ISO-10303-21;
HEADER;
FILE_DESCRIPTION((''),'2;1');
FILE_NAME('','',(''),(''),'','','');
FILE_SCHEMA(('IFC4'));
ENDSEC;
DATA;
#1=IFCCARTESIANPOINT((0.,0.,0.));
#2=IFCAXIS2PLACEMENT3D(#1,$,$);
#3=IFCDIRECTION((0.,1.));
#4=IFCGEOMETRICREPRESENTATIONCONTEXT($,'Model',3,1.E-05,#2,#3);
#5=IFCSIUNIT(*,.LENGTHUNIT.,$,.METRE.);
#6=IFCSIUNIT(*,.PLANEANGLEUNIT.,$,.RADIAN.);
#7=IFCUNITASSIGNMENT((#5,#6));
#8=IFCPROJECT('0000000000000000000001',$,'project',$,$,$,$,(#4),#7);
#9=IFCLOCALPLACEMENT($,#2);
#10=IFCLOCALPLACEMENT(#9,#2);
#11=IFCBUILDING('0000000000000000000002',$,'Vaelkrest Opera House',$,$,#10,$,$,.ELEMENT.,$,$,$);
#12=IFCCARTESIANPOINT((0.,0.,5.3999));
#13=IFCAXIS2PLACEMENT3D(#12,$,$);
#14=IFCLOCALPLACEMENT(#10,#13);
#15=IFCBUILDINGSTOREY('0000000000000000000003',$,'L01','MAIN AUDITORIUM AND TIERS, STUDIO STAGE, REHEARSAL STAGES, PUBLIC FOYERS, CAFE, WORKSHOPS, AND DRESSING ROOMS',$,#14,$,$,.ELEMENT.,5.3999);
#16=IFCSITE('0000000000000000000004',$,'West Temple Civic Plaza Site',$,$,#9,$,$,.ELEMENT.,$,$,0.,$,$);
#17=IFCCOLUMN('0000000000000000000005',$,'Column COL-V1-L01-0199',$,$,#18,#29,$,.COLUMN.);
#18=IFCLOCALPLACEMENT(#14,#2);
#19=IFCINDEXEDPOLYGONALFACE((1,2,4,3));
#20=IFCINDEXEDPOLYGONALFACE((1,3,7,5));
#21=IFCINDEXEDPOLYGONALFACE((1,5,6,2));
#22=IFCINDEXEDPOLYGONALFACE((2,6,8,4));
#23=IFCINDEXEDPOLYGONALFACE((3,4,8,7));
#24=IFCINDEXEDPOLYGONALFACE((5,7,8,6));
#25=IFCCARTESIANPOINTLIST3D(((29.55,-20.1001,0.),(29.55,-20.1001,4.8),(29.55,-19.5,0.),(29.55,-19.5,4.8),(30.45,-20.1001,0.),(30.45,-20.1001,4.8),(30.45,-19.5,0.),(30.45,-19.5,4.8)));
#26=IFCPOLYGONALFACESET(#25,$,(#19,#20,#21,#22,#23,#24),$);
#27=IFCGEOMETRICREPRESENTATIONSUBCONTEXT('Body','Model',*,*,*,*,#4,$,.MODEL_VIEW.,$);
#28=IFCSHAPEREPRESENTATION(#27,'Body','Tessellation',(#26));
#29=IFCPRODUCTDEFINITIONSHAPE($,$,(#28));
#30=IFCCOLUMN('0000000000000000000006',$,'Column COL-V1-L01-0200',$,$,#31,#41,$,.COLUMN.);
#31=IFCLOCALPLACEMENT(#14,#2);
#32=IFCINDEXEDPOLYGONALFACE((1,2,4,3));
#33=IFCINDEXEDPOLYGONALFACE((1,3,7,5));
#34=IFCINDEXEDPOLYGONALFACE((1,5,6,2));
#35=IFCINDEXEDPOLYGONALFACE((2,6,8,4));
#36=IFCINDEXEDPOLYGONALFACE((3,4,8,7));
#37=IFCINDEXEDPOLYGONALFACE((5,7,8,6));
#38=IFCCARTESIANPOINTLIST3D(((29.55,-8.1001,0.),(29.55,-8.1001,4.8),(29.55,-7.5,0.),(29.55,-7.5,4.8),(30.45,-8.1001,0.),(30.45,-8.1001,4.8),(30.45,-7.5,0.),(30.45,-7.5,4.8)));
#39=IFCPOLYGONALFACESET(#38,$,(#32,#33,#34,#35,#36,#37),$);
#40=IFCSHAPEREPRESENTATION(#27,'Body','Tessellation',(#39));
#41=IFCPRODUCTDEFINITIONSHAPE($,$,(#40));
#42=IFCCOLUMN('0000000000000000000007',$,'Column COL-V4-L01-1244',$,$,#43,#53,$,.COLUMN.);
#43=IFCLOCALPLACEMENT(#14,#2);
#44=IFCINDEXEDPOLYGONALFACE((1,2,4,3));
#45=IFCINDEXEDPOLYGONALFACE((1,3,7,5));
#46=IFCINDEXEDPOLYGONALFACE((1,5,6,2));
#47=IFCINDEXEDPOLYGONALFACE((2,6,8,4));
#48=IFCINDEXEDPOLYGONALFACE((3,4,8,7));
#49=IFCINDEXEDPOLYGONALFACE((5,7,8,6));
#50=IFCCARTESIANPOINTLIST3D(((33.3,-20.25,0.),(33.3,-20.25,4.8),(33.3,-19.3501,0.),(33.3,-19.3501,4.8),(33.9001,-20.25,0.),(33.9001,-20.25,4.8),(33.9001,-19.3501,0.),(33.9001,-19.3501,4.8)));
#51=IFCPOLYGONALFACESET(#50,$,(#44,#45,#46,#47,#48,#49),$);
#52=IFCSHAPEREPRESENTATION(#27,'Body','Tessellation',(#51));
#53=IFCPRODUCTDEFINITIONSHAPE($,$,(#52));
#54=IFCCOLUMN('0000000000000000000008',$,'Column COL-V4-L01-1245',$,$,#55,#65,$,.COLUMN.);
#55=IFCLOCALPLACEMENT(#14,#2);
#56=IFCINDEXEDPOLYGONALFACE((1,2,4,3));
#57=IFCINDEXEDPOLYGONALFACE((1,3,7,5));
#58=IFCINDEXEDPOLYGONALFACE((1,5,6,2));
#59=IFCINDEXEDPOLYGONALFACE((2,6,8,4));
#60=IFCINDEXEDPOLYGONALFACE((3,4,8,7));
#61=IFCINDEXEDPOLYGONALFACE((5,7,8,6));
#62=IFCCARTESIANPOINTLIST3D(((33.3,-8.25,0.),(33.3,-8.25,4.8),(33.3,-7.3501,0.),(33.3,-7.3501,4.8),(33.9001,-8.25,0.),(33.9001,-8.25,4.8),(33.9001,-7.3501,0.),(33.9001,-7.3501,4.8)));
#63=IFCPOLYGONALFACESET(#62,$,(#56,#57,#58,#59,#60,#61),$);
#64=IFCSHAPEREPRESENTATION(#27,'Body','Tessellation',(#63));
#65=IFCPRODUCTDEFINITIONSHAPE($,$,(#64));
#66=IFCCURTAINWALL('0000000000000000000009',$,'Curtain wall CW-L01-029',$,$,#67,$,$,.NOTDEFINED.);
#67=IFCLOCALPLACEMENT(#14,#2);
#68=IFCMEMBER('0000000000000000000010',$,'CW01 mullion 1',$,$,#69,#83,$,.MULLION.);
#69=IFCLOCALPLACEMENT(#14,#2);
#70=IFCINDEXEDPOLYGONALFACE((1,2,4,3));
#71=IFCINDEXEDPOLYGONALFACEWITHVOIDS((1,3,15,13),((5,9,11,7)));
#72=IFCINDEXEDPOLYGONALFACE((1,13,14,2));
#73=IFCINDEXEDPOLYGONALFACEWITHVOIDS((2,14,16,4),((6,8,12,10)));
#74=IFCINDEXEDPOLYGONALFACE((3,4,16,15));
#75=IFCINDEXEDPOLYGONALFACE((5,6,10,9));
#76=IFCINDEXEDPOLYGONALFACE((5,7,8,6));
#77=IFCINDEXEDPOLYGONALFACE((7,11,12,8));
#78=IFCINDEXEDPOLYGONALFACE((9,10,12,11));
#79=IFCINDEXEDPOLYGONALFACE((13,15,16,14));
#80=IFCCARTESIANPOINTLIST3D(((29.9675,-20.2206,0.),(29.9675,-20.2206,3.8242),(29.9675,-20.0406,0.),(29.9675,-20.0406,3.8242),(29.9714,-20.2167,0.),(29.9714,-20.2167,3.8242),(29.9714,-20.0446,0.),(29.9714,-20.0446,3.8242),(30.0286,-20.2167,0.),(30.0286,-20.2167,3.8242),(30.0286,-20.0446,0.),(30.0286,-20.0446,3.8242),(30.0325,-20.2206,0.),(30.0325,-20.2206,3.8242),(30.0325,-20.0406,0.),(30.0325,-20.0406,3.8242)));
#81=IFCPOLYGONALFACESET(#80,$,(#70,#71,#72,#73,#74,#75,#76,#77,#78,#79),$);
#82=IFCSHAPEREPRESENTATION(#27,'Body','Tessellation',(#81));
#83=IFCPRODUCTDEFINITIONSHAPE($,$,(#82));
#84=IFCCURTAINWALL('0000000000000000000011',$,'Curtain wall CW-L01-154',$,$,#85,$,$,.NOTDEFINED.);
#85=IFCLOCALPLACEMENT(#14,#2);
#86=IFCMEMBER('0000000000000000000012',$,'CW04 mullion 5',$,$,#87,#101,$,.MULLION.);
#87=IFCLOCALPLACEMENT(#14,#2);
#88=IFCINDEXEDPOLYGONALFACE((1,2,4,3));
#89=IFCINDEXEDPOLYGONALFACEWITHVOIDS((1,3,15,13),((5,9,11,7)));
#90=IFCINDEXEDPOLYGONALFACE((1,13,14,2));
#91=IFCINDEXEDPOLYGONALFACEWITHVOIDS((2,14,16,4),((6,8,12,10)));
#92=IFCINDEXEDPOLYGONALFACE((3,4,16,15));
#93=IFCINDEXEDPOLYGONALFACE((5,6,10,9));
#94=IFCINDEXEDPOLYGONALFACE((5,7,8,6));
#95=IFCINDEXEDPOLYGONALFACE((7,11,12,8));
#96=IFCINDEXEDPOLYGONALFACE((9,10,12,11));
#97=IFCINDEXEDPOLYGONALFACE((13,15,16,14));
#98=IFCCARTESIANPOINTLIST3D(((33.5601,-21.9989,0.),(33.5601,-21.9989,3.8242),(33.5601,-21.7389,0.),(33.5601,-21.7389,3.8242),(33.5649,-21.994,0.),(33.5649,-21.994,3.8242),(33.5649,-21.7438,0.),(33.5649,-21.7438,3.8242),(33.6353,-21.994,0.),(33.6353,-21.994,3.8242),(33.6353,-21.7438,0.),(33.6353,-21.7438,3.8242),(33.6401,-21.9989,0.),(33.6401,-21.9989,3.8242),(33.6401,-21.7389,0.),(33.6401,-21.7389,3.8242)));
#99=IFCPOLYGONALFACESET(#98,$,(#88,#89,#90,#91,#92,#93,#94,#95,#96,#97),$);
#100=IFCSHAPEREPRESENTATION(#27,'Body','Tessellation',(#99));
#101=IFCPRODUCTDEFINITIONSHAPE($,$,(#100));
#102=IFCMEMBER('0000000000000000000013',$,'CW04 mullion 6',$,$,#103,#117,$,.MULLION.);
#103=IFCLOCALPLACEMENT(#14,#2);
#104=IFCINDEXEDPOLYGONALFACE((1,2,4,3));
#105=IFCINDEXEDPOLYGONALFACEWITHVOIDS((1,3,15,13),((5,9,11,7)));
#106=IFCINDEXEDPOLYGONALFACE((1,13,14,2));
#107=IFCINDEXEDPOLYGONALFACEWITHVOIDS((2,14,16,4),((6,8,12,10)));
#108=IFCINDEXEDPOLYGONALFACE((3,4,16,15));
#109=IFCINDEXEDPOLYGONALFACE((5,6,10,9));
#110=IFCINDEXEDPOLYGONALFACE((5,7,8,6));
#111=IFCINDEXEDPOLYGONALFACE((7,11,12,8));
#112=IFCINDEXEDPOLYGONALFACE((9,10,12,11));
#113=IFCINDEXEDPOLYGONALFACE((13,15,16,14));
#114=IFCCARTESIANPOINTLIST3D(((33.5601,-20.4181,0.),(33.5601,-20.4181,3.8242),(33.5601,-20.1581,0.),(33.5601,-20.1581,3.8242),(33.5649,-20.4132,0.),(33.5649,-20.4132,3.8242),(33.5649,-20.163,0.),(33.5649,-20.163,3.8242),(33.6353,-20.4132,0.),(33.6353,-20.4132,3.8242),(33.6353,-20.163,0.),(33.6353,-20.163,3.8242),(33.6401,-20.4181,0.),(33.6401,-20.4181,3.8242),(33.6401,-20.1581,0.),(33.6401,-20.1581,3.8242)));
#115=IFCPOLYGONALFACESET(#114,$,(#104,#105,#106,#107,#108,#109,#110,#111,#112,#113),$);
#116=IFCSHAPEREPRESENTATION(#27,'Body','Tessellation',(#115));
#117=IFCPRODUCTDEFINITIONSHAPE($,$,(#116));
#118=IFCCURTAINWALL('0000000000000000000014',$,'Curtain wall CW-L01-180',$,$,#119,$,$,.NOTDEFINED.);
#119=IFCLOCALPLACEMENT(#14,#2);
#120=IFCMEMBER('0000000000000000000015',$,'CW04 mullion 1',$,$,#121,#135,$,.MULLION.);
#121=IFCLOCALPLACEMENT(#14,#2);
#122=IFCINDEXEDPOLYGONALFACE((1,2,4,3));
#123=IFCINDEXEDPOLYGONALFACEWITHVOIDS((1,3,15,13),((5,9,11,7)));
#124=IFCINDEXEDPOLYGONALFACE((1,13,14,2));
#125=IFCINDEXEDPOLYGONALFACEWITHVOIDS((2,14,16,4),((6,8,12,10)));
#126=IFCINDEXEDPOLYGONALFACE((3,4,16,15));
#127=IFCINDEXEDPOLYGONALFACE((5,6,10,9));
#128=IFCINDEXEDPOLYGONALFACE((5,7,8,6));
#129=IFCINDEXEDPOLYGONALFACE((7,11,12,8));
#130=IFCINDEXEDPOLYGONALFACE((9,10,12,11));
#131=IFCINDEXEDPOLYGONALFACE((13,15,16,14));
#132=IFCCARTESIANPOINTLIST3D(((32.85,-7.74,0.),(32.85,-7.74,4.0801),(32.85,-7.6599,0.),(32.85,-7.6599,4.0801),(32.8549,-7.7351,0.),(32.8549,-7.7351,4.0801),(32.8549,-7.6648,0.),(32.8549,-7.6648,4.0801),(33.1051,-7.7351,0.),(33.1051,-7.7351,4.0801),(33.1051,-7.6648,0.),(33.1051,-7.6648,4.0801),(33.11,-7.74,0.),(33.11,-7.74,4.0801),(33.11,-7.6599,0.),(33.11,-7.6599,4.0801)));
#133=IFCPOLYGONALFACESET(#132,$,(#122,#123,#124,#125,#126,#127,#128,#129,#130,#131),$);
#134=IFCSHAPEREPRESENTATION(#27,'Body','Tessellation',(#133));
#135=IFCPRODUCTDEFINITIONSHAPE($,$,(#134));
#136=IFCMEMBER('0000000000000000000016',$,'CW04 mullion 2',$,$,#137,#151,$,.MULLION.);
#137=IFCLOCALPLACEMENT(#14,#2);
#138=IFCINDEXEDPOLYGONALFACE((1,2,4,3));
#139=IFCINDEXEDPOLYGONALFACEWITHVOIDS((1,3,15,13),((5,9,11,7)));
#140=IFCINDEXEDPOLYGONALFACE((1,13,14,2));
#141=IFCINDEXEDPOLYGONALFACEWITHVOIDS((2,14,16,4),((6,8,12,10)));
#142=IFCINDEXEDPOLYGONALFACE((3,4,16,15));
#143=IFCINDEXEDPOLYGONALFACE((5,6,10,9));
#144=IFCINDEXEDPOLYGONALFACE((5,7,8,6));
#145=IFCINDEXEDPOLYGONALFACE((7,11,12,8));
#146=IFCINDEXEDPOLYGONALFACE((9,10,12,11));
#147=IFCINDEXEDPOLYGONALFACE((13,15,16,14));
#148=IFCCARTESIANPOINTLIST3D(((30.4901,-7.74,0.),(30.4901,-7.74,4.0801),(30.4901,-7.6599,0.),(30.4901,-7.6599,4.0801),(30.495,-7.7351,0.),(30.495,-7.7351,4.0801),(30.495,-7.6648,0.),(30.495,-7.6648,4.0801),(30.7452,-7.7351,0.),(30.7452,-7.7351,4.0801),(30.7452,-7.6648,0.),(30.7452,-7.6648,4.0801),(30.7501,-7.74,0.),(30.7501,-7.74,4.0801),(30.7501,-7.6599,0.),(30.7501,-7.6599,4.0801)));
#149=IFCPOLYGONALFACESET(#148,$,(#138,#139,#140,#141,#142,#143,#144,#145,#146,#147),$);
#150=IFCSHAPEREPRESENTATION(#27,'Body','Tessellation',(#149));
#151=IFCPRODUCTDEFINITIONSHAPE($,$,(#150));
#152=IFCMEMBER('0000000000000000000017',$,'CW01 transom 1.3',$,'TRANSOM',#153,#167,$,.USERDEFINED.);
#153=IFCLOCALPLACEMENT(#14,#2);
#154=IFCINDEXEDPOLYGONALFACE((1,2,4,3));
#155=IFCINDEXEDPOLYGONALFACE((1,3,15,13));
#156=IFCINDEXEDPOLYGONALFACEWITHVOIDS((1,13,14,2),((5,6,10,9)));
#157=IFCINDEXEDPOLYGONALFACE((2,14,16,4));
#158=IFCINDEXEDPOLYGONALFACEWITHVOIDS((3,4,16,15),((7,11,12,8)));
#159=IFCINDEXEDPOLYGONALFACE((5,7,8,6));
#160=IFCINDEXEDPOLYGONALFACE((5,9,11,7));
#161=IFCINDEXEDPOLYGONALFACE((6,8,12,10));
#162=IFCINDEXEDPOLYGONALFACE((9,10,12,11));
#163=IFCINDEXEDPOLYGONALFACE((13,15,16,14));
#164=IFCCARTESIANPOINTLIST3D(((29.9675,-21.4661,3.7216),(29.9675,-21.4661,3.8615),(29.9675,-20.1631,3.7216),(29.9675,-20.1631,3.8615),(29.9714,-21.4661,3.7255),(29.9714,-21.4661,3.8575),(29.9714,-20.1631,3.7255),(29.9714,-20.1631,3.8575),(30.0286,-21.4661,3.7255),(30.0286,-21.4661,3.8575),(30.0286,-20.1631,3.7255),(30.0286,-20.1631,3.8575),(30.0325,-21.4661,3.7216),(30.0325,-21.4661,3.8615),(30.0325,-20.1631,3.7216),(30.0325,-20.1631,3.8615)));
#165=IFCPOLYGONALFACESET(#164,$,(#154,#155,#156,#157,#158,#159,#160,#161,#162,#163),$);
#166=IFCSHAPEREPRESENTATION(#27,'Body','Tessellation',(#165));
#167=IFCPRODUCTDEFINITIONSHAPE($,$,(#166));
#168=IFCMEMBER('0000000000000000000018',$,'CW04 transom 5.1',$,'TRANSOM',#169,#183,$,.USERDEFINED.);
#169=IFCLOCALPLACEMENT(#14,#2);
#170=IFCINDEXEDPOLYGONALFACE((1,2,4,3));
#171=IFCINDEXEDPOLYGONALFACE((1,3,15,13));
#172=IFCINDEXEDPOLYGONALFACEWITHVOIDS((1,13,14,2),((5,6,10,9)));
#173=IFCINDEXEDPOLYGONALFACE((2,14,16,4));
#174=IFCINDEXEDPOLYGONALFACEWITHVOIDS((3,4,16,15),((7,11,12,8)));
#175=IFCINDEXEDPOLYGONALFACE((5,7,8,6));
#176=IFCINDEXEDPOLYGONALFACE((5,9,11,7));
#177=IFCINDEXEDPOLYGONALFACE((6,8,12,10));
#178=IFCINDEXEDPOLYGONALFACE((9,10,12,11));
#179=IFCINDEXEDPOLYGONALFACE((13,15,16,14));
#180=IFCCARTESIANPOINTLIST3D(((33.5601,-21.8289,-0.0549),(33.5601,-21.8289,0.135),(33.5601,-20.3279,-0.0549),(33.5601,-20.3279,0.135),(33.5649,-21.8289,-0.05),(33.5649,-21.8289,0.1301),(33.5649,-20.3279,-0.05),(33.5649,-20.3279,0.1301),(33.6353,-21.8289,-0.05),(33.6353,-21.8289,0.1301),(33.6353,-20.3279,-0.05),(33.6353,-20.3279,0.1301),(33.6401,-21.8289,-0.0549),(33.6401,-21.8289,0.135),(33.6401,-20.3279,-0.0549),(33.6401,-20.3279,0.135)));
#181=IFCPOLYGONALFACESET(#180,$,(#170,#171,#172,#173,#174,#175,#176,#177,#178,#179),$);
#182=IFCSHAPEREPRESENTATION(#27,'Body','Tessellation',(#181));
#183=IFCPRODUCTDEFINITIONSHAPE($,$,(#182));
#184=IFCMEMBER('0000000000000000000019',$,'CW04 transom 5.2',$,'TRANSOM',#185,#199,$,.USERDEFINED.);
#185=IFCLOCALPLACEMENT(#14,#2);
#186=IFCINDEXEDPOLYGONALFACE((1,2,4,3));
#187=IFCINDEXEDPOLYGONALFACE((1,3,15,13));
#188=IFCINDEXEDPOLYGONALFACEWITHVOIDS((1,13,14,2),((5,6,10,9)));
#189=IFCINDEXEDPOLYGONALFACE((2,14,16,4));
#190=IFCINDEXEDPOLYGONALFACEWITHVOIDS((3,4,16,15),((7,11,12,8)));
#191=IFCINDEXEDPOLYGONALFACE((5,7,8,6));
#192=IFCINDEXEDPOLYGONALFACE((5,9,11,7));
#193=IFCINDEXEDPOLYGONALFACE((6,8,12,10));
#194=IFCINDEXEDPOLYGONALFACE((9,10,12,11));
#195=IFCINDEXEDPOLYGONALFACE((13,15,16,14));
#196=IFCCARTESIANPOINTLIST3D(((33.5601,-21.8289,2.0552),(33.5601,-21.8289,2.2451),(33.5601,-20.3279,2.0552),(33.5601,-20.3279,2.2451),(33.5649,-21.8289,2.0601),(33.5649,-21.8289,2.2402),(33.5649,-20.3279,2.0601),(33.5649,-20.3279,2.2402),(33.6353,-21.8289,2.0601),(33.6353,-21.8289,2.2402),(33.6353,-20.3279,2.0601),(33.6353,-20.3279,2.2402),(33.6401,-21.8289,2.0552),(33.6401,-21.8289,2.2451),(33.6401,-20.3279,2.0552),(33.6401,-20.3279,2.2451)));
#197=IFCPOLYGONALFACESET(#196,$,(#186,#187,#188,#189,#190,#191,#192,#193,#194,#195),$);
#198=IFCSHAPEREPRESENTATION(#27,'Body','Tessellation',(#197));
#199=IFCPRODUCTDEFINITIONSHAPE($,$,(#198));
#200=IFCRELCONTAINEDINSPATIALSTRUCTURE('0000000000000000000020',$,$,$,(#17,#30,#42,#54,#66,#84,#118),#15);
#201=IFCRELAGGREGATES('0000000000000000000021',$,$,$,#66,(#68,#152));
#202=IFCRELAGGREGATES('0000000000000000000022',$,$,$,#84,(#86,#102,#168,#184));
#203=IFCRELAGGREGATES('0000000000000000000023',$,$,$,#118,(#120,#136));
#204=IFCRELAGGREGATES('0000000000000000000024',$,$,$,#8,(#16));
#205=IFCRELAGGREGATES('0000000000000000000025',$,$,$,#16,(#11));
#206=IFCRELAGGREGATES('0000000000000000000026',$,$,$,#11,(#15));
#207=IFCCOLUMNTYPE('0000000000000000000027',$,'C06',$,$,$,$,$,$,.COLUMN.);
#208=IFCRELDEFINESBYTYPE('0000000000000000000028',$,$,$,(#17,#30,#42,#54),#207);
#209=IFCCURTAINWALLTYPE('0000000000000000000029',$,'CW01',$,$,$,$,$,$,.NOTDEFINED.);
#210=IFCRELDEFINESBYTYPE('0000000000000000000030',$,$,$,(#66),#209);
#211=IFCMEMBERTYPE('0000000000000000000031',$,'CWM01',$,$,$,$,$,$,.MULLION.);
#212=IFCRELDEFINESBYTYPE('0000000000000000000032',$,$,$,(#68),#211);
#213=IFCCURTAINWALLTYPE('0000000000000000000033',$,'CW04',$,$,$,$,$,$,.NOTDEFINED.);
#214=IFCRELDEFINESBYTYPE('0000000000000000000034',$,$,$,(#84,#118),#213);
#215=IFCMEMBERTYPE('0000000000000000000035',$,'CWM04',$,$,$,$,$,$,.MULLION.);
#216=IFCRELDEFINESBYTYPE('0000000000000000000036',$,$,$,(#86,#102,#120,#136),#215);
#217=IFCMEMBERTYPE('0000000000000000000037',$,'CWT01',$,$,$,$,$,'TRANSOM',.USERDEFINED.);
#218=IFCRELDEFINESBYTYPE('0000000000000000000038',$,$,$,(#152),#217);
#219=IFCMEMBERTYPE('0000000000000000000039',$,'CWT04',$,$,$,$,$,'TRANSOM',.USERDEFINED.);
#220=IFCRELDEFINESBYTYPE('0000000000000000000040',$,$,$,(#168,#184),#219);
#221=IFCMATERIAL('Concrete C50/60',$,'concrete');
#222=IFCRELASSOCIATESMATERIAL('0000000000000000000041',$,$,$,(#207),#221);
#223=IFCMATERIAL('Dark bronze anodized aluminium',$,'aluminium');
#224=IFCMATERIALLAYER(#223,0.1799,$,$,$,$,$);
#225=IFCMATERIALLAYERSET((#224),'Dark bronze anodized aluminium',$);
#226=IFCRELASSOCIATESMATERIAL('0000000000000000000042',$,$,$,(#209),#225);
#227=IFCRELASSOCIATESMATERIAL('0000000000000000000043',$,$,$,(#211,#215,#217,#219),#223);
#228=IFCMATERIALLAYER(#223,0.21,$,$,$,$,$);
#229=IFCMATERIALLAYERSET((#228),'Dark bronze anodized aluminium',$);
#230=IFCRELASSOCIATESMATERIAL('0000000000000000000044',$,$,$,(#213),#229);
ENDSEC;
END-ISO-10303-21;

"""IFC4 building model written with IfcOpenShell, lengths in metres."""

from ifc_helpers import new_model, si_unit, direction, frame, origin, origin_2d, place, context, subcontext, project, spatial, rectangle, hollow_rectangle, extrude, material, layer, layer_set, material_profile, profile_set, type_object, element, aggregate, save


model = new_model("IFC4")

# Units and contexts
model_context = context("Model", 3, precision=1e-05, world=origin(), true_north=direction((0.0, 1.0)))
body_context = subcontext(model_context, "Body", "Model", "MODEL_VIEW")
ifc_project = project(units=[si_unit("LENGTHUNIT", "METRE"), si_unit("PLANEANGLEUNIT", "RADIAN")], contexts=[model_context])

# Site, building, storey
site_placement = place(None, origin())
site = spatial("IfcSite", under=ifc_project, at=site_placement, Name="West Temple Civic Plaza Site", CompositionType="ELEMENT", RefElevation=0.0)
building_placement = place(site_placement, origin())
building = spatial("IfcBuilding", under=site, at=building_placement, Name="Vaelkrest Opera House", CompositionType="ELEMENT")
storey_placement = place(building_placement, frame((0.0, 0.0, 5.3999)))
storey = spatial("IfcBuildingStorey", under=building, at=storey_placement, Name="L01", Description="MAIN AUDITORIUM AND TIERS, STUDIO STAGE, REHEARSAL STAGES, PUBLIC FOYERS, CAFE, WORKSHOPS, AND DRESSING ROOMS", CompositionType="ELEMENT", Elevation=5.3999)

# Columns
ifc_material_1 = material(Name="Concrete C50/60", Category="concrete")
ifc_material_profile_1 = material_profile(ifc_material_1, rectangle(XDim=0.6001, YDim=0.8999, at=origin_2d()), Name="RC600X900")
ifc_profile_set_1 = profile_set([ifc_material_profile_1], Name="Concrete C50/60")
column_type = type_object("IfcColumnType", Name="C06", PredefinedType="COLUMN", material=ifc_profile_set_1)
for number, where, z_axis, x_axis, name in (
    (1, (30.0, -19.8, 0.0), (0.0, 0.0, 1.0), (0.0, 1.0, 0.0), "Column COL-V1-L01-0199"),
    (2, (30.0, -7.8, 0.0), (0.0, 0.0, 1.0), (0.0, 1.0, 0.0), "Column COL-V1-L01-0200"),
    (3, (33.6001, -19.8, 0.0), (0.0, 0.0, 1.0), (1.0, 0.0, 0.0), "Column COL-V4-L01-1244"),
    (4, (33.6001, -7.8, 0.0), (0.0, 0.0, 1.0), (1.0, 0.0, 0.0), "Column COL-V4-L01-1245"),
):
    element("IfcColumn", number, at=place(storey_placement, frame(where, z_axis=z_axis, x_axis=x_axis)), inside=storey, type_object=column_type, Name=name, PredefinedType="COLUMN", context=body_context, shape_type="SweptSolid", body=[
        extrude(rectangle(XDim=0.6001, YDim=0.8999, at=origin_2d()), origin(), (0.0, 0.0, 1.0), 4.8),
    ])

# Curtain wall, member
ifc_material_2 = material(Name="Dark bronze anodized aluminium", Category="aluminium")
ifc_layer_1 = layer(ifc_material_2, 0.1799)
ifc_layer_set_1 = layer_set([ifc_layer_1], Name="Dark bronze anodized aluminium")
curtain_wall_type_1 = type_object("IfcCurtainWallType", Name="CW01", PredefinedType="NOTDEFINED", material=ifc_layer_set_1)
curtain_wall_1_placement = place(storey_placement, origin())
curtain_wall_1 = element("IfcCurtainWall", 5, at=curtain_wall_1_placement, inside=storey, type_object=curtain_wall_type_1, Name="Curtain wall CW-L01-029", PredefinedType="NOTDEFINED")
ifc_material_profile_2 = material_profile(ifc_material_2, hollow_rectangle(XDim=0.0649, YDim=0.1799, WallThickness=0.0039, at=origin_2d()), Name="CWM65X180")
ifc_profile_set_2 = profile_set([ifc_material_profile_2], Name="Dark bronze anodized aluminium")
member_type_1 = type_object("IfcMemberType", Name="CWM01", PredefinedType="MULLION", material=ifc_profile_set_2)
member_1_placement = place(storey_placement, frame((30.0, -20.1306, 0.0), z_axis=(0.0, 0.0, 1.0), x_axis=(1.0, 0.0, 0.0)))
member_1 = element("IfcMember", 6, at=member_1_placement, type_object=member_type_1, Name="CW01 mullion 1", PredefinedType="MULLION", context=body_context, shape_type="SweptSolid", body=[
    extrude(hollow_rectangle(XDim=0.0649, YDim=0.1799, WallThickness=0.0039, at=origin_2d()), origin(), (0.0, 0.0, 1.0), 3.8242),
])

# Curtain walls, members
ifc_layer_2 = layer(ifc_material_2, 0.21)
ifc_layer_set_2 = layer_set([ifc_layer_2], Name="Dark bronze anodized aluminium")
curtain_wall_type_2 = type_object("IfcCurtainWallType", Name="CW04", PredefinedType="NOTDEFINED", material=ifc_layer_set_2)
curtain_wall_2_placement = place(storey_placement, origin())
curtain_wall_2 = element("IfcCurtainWall", 7, at=curtain_wall_2_placement, inside=storey, type_object=curtain_wall_type_2, Name="Curtain wall CW-L01-154", PredefinedType="NOTDEFINED")
ifc_material_profile_3 = material_profile(ifc_material_2, hollow_rectangle(XDim=0.0801, YDim=0.26, WallThickness=0.0049, at=origin_2d()), Name="CWM80X260")
ifc_profile_set_3 = profile_set([ifc_material_profile_3], Name="Dark bronze anodized aluminium")
member_type_2 = type_object("IfcMemberType", Name="CWM04", PredefinedType="MULLION", material=ifc_profile_set_3)
member_2_placement = place(storey_placement, frame((33.6001, -21.8689, 0.0), z_axis=(0.0, 0.0, 1.0), x_axis=(-1.0, 0.0, 0.0)))
member_2 = element("IfcMember", 8, at=member_2_placement, type_object=member_type_2, Name="CW04 mullion 5", PredefinedType="MULLION", context=body_context, shape_type="SweptSolid", body=[
    extrude(hollow_rectangle(XDim=0.0801, YDim=0.26, WallThickness=0.0049, at=origin_2d()), origin(), (0.0, 0.0, 1.0), 3.8242),
])
member_3_placement = place(storey_placement, frame((33.6001, -20.2881, 0.0), z_axis=(0.0, 0.0, 1.0), x_axis=(-1.0, 0.0, 0.0)))
member_3 = element("IfcMember", 9, at=member_3_placement, type_object=member_type_2, Name="CW04 mullion 6", PredefinedType="MULLION", context=body_context, shape_type="SweptSolid", body=[
    extrude(hollow_rectangle(XDim=0.0801, YDim=0.26, WallThickness=0.0049, at=origin_2d()), origin(), (0.0, 0.0, 1.0), 3.8242),
])
curtain_wall_3_placement = place(storey_placement, origin())
curtain_wall_3 = element("IfcCurtainWall", 10, at=curtain_wall_3_placement, inside=storey, type_object=curtain_wall_type_2, Name="Curtain wall CW-L01-180", PredefinedType="NOTDEFINED")
member_4_placement = place(storey_placement, frame((32.98, -7.7, 0.0), z_axis=(0.0, 0.0, 1.0), x_axis=(0.0, -1.0, 0.0)))
member_4 = element("IfcMember", 11, at=member_4_placement, type_object=member_type_2, Name="CW04 mullion 1", PredefinedType="MULLION", context=body_context, shape_type="SweptSolid", body=[
    extrude(hollow_rectangle(XDim=0.0801, YDim=0.26, WallThickness=0.0049, at=origin_2d()), origin(), (0.0, 0.0, 1.0), 4.0801),
])
member_5_placement = place(storey_placement, frame((30.6201, -7.7, 0.0), z_axis=(0.0, 0.0, 1.0), x_axis=(0.0, -1.0, 0.0)))
member_5 = element("IfcMember", 12, at=member_5_placement, type_object=member_type_2, Name="CW04 mullion 2", PredefinedType="MULLION", context=body_context, shape_type="SweptSolid", body=[
    extrude(hollow_rectangle(XDim=0.0801, YDim=0.26, WallThickness=0.0049, at=origin_2d()), origin(), (0.0, 0.0, 1.0), 4.0801),
])

# Members
ifc_material_profile_4 = material_profile(ifc_material_2, hollow_rectangle(XDim=0.0649, YDim=0.1399, WallThickness=0.0039, at=origin_2d()), Name="CWT65X140")
ifc_profile_set_4 = profile_set([ifc_material_profile_4], Name="Dark bronze anodized aluminium")
member_type_3 = type_object("IfcMemberType", Name="CWT01", ElementType="TRANSOM", PredefinedType="USERDEFINED", material=ifc_profile_set_4)
member_6_placement = place(storey_placement, frame((30.0, -20.1631, 3.7915), z_axis=(0.0, -1.0, 0.0), x_axis=(1.0, 0.0, 0.0)))
member_6 = element("IfcMember", 13, at=member_6_placement, type_object=member_type_3, Name="CW01 transom 1.3", ObjectType="TRANSOM", PredefinedType="USERDEFINED", context=body_context, shape_type="SweptSolid", body=[
    extrude(hollow_rectangle(XDim=0.0649, YDim=0.1399, WallThickness=0.0039, at=origin_2d()), origin(), (0.0, 0.0, 1.0), 1.303),
])
aggregate(curtain_wall_1, [member_1, member_6])
ifc_material_profile_5 = material_profile(ifc_material_2, hollow_rectangle(XDim=0.0801, YDim=0.1899, WallThickness=0.0049, at=origin_2d()), Name="CWT80X190")
ifc_profile_set_5 = profile_set([ifc_material_profile_5], Name="Dark bronze anodized aluminium")
member_type_4 = type_object("IfcMemberType", Name="CWT04", ElementType="TRANSOM", PredefinedType="USERDEFINED", material=ifc_profile_set_5)
member_7_placement = place(storey_placement, frame((33.6001, -21.8289, 0.04), z_axis=(0.0, 1.0, 0.0), x_axis=(-1.0, 0.0, 0.0)))
member_7 = element("IfcMember", 14, at=member_7_placement, type_object=member_type_4, Name="CW04 transom 5.1", ObjectType="TRANSOM", PredefinedType="USERDEFINED", context=body_context, shape_type="SweptSolid", body=[
    extrude(hollow_rectangle(XDim=0.0801, YDim=0.1899, WallThickness=0.0049, at=origin_2d()), origin(), (0.0, 0.0, 1.0), 1.501),
])
member_8_placement = place(storey_placement, frame((33.6001, -21.8289, 2.1501), z_axis=(0.0, 1.0, 0.0), x_axis=(-1.0, 0.0, 0.0)))
member_8 = element("IfcMember", 15, at=member_8_placement, type_object=member_type_4, Name="CW04 transom 5.2", ObjectType="TRANSOM", PredefinedType="USERDEFINED", context=body_context, shape_type="SweptSolid", body=[
    extrude(hollow_rectangle(XDim=0.0801, YDim=0.1899, WallThickness=0.0049, at=origin_2d()), origin(), (0.0, 0.0, 1.0), 1.501),
])

aggregate(curtain_wall_2, [member_2, member_3, member_7, member_8])
aggregate(curtain_wall_3, [member_4, member_5])

save(model, "model.ifc")
